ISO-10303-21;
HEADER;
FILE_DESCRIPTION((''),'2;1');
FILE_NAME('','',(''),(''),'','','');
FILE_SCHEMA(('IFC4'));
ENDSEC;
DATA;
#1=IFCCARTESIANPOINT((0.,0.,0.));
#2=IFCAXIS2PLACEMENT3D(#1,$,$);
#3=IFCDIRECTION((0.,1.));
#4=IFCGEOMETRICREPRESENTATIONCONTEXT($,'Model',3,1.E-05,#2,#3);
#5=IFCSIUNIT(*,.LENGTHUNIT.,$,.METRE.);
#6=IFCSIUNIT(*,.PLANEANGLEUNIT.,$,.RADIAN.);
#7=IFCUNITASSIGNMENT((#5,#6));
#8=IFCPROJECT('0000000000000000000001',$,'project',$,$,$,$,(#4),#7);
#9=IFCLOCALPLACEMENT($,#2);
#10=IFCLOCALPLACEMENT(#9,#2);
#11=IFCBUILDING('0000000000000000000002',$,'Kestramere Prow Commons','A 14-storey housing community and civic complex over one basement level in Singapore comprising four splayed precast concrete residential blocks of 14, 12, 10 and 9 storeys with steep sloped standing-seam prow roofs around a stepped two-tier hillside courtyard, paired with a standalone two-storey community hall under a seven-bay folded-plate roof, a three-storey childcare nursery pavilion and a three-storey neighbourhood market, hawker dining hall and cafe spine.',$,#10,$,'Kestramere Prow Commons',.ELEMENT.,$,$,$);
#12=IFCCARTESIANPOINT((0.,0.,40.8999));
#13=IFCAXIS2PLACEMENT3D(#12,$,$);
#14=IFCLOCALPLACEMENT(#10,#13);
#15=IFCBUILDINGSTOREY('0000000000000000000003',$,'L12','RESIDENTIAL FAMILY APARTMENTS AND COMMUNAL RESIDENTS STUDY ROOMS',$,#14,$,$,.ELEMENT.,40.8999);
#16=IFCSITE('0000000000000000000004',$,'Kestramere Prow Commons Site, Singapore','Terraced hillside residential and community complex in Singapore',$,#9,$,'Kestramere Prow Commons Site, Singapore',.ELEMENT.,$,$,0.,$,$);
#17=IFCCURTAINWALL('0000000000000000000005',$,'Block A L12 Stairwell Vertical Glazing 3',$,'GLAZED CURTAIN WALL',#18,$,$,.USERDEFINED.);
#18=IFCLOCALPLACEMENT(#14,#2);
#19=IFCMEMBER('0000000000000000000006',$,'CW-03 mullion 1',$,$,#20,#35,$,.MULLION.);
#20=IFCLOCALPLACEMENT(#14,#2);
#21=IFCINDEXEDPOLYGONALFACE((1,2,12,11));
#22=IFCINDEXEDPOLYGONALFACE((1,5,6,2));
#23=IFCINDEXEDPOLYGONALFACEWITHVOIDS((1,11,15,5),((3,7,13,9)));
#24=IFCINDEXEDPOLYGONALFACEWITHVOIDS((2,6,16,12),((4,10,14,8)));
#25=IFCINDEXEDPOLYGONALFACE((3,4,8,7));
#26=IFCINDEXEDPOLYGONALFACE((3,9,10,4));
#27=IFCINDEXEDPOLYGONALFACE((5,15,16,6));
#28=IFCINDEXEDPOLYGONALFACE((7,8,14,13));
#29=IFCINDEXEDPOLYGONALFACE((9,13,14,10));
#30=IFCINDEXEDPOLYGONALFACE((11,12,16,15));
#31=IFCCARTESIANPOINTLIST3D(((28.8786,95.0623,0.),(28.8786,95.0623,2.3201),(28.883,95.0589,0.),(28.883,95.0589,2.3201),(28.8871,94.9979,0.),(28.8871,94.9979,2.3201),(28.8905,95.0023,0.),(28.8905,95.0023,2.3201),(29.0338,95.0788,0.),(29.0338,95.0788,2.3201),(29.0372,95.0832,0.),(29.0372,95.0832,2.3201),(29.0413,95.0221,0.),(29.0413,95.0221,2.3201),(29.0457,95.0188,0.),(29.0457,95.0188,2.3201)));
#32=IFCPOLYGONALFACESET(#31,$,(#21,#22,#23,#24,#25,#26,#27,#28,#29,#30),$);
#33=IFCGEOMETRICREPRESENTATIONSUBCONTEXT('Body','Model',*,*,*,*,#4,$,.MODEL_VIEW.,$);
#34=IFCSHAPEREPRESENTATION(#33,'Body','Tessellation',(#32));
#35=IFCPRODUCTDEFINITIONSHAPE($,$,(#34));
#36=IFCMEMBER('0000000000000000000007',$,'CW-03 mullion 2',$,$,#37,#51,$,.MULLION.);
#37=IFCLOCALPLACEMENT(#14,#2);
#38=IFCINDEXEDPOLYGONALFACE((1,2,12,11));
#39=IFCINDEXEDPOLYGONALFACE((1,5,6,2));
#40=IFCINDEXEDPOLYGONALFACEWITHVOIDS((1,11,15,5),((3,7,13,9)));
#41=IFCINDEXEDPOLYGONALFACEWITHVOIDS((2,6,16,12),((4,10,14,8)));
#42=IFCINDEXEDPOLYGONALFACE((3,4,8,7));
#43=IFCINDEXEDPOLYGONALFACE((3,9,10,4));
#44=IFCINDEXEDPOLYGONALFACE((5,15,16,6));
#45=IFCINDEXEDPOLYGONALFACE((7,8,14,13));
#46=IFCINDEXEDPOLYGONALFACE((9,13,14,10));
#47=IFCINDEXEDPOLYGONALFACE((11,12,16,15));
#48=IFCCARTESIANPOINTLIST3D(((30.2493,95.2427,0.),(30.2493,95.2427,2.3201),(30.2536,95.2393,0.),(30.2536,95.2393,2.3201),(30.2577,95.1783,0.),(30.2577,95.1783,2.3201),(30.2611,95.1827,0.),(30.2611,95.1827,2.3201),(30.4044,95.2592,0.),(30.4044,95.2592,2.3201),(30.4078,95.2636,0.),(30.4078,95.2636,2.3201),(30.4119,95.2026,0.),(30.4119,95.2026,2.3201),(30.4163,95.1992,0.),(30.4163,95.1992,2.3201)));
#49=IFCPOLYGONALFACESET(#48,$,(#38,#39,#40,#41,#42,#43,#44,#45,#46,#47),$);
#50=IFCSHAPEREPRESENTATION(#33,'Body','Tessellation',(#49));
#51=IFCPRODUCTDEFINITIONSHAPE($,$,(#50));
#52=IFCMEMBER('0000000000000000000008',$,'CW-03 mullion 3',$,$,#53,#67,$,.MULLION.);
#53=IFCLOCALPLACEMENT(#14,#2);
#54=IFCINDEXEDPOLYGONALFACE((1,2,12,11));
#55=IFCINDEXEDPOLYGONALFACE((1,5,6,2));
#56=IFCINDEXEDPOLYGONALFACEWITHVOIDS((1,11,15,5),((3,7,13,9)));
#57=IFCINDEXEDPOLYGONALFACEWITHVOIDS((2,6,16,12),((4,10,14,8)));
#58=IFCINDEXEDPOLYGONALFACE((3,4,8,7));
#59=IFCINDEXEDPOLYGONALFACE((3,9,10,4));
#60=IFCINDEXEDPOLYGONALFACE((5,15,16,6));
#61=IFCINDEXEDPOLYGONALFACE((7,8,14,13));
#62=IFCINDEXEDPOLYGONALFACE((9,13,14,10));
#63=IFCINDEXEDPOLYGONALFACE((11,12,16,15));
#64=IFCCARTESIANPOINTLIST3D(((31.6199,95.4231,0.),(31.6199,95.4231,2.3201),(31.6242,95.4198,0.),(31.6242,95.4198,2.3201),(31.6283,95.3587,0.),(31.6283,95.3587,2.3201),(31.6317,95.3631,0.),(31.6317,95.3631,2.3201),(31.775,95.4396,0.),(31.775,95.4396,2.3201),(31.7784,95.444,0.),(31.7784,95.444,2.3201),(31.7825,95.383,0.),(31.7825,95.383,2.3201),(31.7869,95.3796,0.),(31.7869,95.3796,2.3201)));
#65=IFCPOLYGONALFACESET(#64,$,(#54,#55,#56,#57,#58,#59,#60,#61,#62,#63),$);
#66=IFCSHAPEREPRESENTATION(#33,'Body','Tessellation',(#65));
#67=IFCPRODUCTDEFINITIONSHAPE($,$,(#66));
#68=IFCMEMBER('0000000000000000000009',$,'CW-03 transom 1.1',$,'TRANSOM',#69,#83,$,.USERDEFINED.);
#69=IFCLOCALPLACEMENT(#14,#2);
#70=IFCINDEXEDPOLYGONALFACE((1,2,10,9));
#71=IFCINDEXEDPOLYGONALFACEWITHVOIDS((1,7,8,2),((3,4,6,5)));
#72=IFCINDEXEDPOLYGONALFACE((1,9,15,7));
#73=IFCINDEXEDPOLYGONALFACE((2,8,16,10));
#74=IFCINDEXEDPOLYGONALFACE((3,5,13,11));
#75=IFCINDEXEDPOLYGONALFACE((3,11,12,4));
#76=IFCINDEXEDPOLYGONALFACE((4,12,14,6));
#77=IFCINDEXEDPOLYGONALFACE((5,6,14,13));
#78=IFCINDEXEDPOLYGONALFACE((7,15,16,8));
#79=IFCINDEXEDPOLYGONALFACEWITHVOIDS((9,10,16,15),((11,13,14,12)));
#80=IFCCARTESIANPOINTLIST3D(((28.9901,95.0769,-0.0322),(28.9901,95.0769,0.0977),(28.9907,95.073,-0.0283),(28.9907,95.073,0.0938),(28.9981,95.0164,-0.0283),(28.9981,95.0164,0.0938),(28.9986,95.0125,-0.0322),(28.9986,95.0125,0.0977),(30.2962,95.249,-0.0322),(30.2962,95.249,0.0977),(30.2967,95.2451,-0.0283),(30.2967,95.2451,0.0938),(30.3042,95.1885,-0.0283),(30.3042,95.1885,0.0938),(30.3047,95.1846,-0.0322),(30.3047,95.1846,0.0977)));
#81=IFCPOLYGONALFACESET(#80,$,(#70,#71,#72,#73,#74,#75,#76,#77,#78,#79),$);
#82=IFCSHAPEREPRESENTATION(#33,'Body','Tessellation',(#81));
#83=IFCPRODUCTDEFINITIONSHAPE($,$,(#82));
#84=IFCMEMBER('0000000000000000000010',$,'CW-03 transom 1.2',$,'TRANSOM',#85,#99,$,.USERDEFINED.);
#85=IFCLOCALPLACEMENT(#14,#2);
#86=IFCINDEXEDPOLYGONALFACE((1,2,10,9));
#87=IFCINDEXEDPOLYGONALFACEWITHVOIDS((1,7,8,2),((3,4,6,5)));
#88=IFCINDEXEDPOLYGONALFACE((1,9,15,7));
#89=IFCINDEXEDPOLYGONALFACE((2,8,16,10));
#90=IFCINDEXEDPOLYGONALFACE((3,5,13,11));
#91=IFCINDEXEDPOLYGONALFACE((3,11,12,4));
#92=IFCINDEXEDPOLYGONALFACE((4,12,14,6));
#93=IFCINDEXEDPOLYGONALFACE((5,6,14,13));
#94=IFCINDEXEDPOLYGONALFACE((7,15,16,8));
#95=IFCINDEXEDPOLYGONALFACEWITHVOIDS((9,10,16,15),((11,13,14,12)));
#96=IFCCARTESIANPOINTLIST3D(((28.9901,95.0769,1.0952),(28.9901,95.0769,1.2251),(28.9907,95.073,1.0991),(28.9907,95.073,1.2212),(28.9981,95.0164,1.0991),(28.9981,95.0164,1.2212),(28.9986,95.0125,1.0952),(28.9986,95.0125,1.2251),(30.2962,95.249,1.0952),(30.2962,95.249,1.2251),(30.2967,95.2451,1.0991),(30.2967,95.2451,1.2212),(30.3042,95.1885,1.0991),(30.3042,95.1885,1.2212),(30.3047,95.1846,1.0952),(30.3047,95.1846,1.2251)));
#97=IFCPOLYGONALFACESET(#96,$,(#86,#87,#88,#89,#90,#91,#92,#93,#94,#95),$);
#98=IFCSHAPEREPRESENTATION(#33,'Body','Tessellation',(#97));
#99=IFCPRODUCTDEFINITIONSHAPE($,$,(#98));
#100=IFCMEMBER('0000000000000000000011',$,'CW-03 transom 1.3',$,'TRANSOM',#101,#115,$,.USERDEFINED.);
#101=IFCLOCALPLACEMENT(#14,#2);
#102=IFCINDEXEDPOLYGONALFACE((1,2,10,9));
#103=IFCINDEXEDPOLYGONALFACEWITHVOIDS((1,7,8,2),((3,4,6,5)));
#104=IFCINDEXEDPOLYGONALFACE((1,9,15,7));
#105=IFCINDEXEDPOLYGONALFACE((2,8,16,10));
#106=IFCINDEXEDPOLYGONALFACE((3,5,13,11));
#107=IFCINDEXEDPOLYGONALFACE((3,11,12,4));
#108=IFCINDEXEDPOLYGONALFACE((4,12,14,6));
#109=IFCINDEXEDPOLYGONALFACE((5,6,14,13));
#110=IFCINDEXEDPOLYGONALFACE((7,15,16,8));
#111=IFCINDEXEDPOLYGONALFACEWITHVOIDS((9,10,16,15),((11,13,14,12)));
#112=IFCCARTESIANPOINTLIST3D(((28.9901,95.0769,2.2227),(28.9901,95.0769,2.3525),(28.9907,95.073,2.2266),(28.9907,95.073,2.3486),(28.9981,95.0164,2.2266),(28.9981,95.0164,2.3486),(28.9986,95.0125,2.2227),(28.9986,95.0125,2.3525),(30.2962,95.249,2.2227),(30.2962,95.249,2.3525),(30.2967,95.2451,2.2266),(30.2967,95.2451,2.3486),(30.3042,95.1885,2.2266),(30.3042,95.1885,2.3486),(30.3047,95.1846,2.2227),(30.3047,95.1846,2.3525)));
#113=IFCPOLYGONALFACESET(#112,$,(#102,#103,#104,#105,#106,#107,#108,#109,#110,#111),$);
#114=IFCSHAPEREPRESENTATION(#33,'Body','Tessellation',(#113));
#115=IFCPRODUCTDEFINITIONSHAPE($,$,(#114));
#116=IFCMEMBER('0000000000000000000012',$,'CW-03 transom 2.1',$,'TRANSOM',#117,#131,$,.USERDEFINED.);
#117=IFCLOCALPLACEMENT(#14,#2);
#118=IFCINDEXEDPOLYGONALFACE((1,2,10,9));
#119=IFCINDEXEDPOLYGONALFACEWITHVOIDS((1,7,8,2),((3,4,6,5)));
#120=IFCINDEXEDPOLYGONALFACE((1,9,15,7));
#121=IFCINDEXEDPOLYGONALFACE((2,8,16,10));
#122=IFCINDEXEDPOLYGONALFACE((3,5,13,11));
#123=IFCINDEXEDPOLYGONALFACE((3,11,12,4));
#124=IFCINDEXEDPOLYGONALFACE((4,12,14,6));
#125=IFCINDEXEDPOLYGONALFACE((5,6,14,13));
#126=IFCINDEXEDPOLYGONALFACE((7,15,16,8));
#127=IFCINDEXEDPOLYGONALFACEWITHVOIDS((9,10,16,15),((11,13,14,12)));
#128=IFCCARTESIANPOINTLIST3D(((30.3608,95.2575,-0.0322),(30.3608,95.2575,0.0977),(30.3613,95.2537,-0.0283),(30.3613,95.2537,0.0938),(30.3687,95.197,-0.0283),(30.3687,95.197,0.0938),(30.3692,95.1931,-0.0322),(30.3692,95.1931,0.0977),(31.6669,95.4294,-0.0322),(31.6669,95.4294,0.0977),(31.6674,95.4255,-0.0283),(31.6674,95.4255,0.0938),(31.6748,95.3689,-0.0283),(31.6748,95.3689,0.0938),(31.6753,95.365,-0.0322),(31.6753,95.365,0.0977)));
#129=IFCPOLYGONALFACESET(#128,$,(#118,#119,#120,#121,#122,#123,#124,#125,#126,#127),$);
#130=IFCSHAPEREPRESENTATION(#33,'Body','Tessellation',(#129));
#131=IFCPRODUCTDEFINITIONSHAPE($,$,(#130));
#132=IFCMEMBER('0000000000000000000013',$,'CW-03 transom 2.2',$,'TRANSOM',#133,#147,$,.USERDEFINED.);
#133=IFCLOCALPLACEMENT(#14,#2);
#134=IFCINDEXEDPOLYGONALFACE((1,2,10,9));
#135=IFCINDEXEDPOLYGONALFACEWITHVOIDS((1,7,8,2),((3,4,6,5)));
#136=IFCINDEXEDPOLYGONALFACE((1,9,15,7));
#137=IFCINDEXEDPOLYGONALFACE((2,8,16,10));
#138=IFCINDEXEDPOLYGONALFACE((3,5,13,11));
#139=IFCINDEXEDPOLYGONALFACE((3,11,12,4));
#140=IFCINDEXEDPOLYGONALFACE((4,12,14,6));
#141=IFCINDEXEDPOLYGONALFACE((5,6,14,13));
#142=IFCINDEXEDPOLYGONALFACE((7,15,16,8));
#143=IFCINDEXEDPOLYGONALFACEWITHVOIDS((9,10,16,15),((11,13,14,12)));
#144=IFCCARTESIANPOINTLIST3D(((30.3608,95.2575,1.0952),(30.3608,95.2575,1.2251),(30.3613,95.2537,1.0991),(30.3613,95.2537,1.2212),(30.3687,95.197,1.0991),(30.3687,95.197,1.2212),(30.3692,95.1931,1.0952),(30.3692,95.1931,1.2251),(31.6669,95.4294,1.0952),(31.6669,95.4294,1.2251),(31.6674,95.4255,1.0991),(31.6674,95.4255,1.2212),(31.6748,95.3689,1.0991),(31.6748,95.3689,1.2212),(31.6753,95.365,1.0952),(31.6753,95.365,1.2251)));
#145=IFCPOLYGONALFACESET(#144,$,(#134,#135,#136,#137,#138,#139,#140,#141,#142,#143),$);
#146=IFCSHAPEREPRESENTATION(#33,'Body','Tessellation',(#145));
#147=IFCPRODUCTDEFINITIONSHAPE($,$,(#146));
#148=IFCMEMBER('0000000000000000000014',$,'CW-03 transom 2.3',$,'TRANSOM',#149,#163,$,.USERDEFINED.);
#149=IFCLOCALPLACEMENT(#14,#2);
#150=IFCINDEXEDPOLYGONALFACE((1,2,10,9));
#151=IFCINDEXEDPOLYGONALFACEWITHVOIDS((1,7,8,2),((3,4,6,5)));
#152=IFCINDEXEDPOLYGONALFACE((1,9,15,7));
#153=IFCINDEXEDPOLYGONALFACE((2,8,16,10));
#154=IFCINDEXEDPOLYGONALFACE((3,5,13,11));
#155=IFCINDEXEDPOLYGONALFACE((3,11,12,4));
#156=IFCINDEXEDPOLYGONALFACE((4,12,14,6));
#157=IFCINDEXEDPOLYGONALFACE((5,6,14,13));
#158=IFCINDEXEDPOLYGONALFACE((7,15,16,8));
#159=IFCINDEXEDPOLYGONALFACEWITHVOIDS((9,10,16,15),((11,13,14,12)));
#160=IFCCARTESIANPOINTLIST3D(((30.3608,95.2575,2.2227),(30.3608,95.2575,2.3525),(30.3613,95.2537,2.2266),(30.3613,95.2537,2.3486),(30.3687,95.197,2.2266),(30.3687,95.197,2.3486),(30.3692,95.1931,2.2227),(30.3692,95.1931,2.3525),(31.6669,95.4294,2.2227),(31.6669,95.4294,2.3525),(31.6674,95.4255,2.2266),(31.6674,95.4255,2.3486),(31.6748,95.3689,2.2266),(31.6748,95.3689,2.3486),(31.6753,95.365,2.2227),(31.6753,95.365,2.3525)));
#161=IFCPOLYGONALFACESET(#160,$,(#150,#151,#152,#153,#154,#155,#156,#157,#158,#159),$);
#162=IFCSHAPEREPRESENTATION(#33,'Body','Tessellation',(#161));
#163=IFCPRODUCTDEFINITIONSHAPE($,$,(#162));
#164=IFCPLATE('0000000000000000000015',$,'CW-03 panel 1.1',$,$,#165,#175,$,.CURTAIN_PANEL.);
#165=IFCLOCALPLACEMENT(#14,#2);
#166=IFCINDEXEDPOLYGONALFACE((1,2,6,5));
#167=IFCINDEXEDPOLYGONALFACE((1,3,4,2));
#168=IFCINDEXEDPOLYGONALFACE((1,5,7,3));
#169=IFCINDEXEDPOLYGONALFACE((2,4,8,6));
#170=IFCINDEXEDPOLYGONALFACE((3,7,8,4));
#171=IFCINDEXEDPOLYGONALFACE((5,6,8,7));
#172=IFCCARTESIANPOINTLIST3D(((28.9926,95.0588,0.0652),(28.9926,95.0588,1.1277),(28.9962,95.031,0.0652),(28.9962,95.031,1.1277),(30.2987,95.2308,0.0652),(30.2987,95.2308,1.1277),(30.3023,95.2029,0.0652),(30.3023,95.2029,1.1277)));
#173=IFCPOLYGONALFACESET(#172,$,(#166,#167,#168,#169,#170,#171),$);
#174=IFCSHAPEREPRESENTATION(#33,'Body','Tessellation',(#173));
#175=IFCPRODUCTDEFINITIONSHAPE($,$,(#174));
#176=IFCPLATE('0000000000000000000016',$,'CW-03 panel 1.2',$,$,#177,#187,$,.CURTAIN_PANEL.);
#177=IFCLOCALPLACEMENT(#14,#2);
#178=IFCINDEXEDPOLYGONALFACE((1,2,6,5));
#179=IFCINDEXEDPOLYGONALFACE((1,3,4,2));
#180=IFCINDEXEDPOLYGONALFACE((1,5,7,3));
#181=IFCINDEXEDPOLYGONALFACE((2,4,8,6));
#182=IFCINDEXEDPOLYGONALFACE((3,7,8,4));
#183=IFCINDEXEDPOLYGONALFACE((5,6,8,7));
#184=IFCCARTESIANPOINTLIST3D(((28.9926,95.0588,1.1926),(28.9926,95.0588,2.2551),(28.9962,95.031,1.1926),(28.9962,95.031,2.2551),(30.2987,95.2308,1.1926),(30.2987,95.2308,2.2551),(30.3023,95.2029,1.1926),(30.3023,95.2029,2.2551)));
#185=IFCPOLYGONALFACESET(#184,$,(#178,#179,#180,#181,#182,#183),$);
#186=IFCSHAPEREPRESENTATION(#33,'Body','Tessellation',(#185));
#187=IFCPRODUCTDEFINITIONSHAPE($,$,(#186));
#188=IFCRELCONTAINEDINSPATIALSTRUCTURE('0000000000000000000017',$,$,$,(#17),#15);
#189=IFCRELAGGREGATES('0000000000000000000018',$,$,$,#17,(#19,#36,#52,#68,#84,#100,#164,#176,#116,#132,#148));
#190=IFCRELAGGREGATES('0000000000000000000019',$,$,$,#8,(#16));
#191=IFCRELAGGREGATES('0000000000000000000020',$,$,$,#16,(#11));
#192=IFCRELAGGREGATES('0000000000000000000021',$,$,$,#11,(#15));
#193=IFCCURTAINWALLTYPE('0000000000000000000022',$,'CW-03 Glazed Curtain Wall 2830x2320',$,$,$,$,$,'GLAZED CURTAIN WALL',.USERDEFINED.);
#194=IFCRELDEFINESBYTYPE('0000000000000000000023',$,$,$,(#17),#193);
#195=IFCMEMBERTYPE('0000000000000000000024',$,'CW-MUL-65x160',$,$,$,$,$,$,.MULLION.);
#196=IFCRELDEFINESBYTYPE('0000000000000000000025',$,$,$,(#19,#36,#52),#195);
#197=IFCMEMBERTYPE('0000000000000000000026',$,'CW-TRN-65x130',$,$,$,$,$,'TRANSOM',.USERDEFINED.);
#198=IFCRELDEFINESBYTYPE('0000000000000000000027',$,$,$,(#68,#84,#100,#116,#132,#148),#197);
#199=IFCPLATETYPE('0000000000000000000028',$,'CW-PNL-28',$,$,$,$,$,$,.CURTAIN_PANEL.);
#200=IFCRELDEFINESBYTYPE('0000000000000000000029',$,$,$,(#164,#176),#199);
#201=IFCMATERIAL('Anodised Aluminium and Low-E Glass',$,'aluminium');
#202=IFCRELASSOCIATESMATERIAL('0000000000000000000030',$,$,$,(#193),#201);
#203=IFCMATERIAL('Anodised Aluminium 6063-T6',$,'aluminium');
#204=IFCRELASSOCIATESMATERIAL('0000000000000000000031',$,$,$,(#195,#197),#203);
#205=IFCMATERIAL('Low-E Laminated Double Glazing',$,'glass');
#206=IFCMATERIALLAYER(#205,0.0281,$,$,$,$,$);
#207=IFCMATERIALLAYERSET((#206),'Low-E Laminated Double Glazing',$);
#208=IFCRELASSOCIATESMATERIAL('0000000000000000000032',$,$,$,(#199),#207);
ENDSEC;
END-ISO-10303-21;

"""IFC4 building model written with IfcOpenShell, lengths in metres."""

from ifc_helpers import new_model, si_unit, direction, frame, origin, origin_2d, place, context, subcontext, project, spatial, rectangle, hollow_rectangle, extrude, material, layer, layer_set, material_profile, profile_set, type_object, element, aggregate, save


model = new_model("IFC4")

# Units and contexts
model_context = context("Model", 3, precision=1e-05, world=origin(), true_north=direction((0.0, 1.0)))
body_context = subcontext(model_context, "Body", "Model", "MODEL_VIEW")
ifc_project = project(units=[si_unit("LENGTHUNIT", "METRE"), si_unit("PLANEANGLEUNIT", "RADIAN")], contexts=[model_context])

# Site, building, storey
site_placement = place(None, origin())
site = spatial("IfcSite", under=ifc_project, at=site_placement, Name="Kestramere Prow Commons Site, Singapore", Description="Terraced hillside residential and community complex in Singapore", LongName="Kestramere Prow Commons Site, Singapore", CompositionType="ELEMENT", RefElevation=0.0)
building_placement = place(site_placement, origin())
building = spatial("IfcBuilding", under=site, at=building_placement, Name="Kestramere Prow Commons", Description="A 14-storey housing community and civic complex over one basement level in Singapore comprising four splayed precast concrete residential blocks of 14, 12, 10 and 9 storeys with steep sloped standing-seam prow roofs around a stepped two-tier hillside courtyard, paired with a standalone two-storey community hall under a seven-bay folded-plate roof, a three-storey childcare nursery pavilion and a three-storey neighbourhood market, hawker dining hall and cafe spine.", LongName="Kestramere Prow Commons", CompositionType="ELEMENT")
storey_placement = place(building_placement, frame((0.0, 0.0, 40.8999)))
storey = spatial("IfcBuildingStorey", under=building, at=storey_placement, Name="L12", Description="RESIDENTIAL FAMILY APARTMENTS AND COMMUNAL RESIDENTS STUDY ROOMS", CompositionType="ELEMENT", Elevation=40.8999)

# Curtain wall, members, plates
ifc_material_1 = material(Name="Anodised Aluminium and Low-E Glass", Category="aluminium")
curtain_wall_type = type_object("IfcCurtainWallType", Name="CW-03 Glazed Curtain Wall 2830x2320", ElementType="GLAZED CURTAIN WALL", PredefinedType="USERDEFINED", material=ifc_material_1)
curtain_wall_placement = place(storey_placement, origin())
curtain_wall = element("IfcCurtainWall", 1, at=curtain_wall_placement, inside=storey, type_object=curtain_wall_type, Name="Block A L12 Stairwell Vertical Glazing 3", ObjectType="GLAZED CURTAIN WALL", PredefinedType="USERDEFINED")
ifc_material_2 = material(Name="Anodised Aluminium 6063-T6", Category="aluminium")
ifc_material_profile_1 = material_profile(ifc_material_2, hollow_rectangle(XDim=0.0649, YDim=0.1599, WallThickness=0.0039, at=origin_2d()), Name="ALU-MUL 65x160")
ifc_profile_set_1 = profile_set([ifc_material_profile_1], Name="Anodised Aluminium 6063-T6")
member_type_1 = type_object("IfcMemberType", Name="CW-MUL-65x160", PredefinedType="MULLION", material=ifc_profile_set_1)
member_1_placement = place(storey_placement, frame((28.9622, 95.0405, 0.0), z_axis=(0.0, 0.0, 1.0), x_axis=(-0.130526, 0.991445, 0.0)))
member_1 = element("IfcMember", 2, at=member_1_placement, type_object=member_type_1, Name="CW-03 mullion 1", PredefinedType="MULLION", context=body_context, shape_type="SweptSolid", body=[
    extrude(hollow_rectangle(XDim=0.0649, YDim=0.1599, WallThickness=0.0039, at=origin_2d()), origin(), (0.0, 0.0, 1.0), 2.3201),
])
member_2_placement = place(storey_placement, frame((30.3328, 95.2209, 0.0), z_axis=(0.0, 0.0, 1.0), x_axis=(-0.130526, 0.991445, 0.0)))
member_2 = element("IfcMember", 3, at=member_2_placement, type_object=member_type_1, Name="CW-03 mullion 2", PredefinedType="MULLION", context=body_context, shape_type="SweptSolid", body=[
    extrude(hollow_rectangle(XDim=0.0649, YDim=0.1599, WallThickness=0.0039, at=origin_2d()), origin(), (0.0, 0.0, 1.0), 2.3201),
])
member_3_placement = place(storey_placement, frame((31.7034, 95.4014, 0.0), z_axis=(0.0, 0.0, 1.0), x_axis=(-0.130526, 0.991445, 0.0)))
member_3 = element("IfcMember", 4, at=member_3_placement, type_object=member_type_1, Name="CW-03 mullion 3", PredefinedType="MULLION", context=body_context, shape_type="SweptSolid", body=[
    extrude(hollow_rectangle(XDim=0.0649, YDim=0.1599, WallThickness=0.0039, at=origin_2d()), origin(), (0.0, 0.0, 1.0), 2.3201),
])
ifc_material_profile_2 = material_profile(ifc_material_2, hollow_rectangle(XDim=0.0649, YDim=0.1299, WallThickness=0.0039, at=origin_2d()), Name="ALU-TRN 65x130")
ifc_profile_set_2 = profile_set([ifc_material_profile_2], Name="Anodised Aluminium 6063-T6")
member_type_2 = type_object("IfcMemberType", Name="CW-TRN-65x130", ElementType="TRANSOM", PredefinedType="USERDEFINED", material=ifc_profile_set_2)
member_4_placement = place(storey_placement, frame((28.9944, 95.0447, 0.0327), z_axis=(0.991429, 0.130646, 0.0), x_axis=(-0.130646, 0.991429, 0.0)))
member_4 = element("IfcMember", 5, at=member_4_placement, type_object=member_type_2, Name="CW-03 transom 1.1", ObjectType="TRANSOM", PredefinedType="USERDEFINED", context=body_context, shape_type="SweptSolid", body=[
    extrude(hollow_rectangle(XDim=0.0649, YDim=0.1299, WallThickness=0.0039, at=origin_2d()), origin(), (0.0, 0.0, 1.0), 1.3174),
])
member_5_placement = place(storey_placement, frame((28.9944, 95.0447, 1.1602), z_axis=(0.991429, 0.130646, 0.0), x_axis=(-0.130646, 0.991429, 0.0)))
member_5 = element("IfcMember", 6, at=member_5_placement, type_object=member_type_2, Name="CW-03 transom 1.2", ObjectType="TRANSOM", PredefinedType="USERDEFINED", context=body_context, shape_type="SweptSolid", body=[
    extrude(hollow_rectangle(XDim=0.0649, YDim=0.1299, WallThickness=0.0039, at=origin_2d()), origin(), (0.0, 0.0, 1.0), 1.3174),
])
member_6_placement = place(storey_placement, frame((28.9944, 95.0447, 2.2876), z_axis=(0.991429, 0.130646, 0.0), x_axis=(-0.130646, 0.991429, 0.0)))
member_6 = element("IfcMember", 7, at=member_6_placement, type_object=member_type_2, Name="CW-03 transom 1.3", ObjectType="TRANSOM", PredefinedType="USERDEFINED", context=body_context, shape_type="SweptSolid", body=[
    extrude(hollow_rectangle(XDim=0.0649, YDim=0.1299, WallThickness=0.0039, at=origin_2d()), origin(), (0.0, 0.0, 1.0), 1.3174),
])
member_7_placement = place(storey_placement, frame((30.365, 95.2253, 0.0327), z_axis=(0.991453, 0.130464, 0.0), x_axis=(-0.130464, 0.991453, 0.0)))
member_7 = element("IfcMember", 8, at=member_7_placement, type_object=member_type_2, Name="CW-03 transom 2.1", ObjectType="TRANSOM", PredefinedType="USERDEFINED", context=body_context, shape_type="SweptSolid", body=[
    extrude(hollow_rectangle(XDim=0.0649, YDim=0.1299, WallThickness=0.0039, at=origin_2d()), origin(), (0.0, 0.0, 1.0), 1.3174),
])
member_8_placement = place(storey_placement, frame((30.365, 95.2253, 1.1602), z_axis=(0.991453, 0.130464, 0.0), x_axis=(-0.130464, 0.991453, 0.0)))
member_8 = element("IfcMember", 9, at=member_8_placement, type_object=member_type_2, Name="CW-03 transom 2.2", ObjectType="TRANSOM", PredefinedType="USERDEFINED", context=body_context, shape_type="SweptSolid", body=[
    extrude(hollow_rectangle(XDim=0.0649, YDim=0.1299, WallThickness=0.0039, at=origin_2d()), origin(), (0.0, 0.0, 1.0), 1.3174),
])
member_9_placement = place(storey_placement, frame((30.365, 95.2253, 2.2876), z_axis=(0.991453, 0.130464, 0.0), x_axis=(-0.130464, 0.991453, 0.0)))
member_9 = element("IfcMember", 10, at=member_9_placement, type_object=member_type_2, Name="CW-03 transom 2.3", ObjectType="TRANSOM", PredefinedType="USERDEFINED", context=body_context, shape_type="SweptSolid", body=[
    extrude(hollow_rectangle(XDim=0.0649, YDim=0.1299, WallThickness=0.0039, at=origin_2d()), origin(), (0.0, 0.0, 1.0), 1.3174),
])
ifc_material_3 = material(Name="Low-E Laminated Double Glazing", Category="glass")
ifc_layer = layer(ifc_material_3, 0.0281)
ifc_layer_set = layer_set([ifc_layer], Name="Low-E Laminated Double Glazing")
plate_type = type_object("IfcPlateType", Name="CW-PNL-28", PredefinedType="CURTAIN_PANEL", material=ifc_layer_set)
plate_1_placement = place(storey_placement, frame((29.6475, 95.1309, 0.0652), z_axis=(0.0, 0.0, 1.0), x_axis=(0.991445, 0.130526, 0.0)))
plate_1 = element("IfcPlate", 11, at=plate_1_placement, type_object=plate_type, Name="CW-03 panel 1.1", PredefinedType="CURTAIN_PANEL", context=body_context, shape_type="SweptSolid", body=[
    extrude(rectangle(XDim=1.3174, YDim=0.0281, at=origin_2d()), origin(), (0.0, 0.0, 1.0), 1.0625),
])
plate_2_placement = place(storey_placement, frame((29.6475, 95.1309, 1.1926), z_axis=(0.0, 0.0, 1.0), x_axis=(0.991445, 0.130526, 0.0)))
plate_2 = element("IfcPlate", 12, at=plate_2_placement, type_object=plate_type, Name="CW-03 panel 1.2", PredefinedType="CURTAIN_PANEL", context=body_context, shape_type="SweptSolid", body=[
    extrude(rectangle(XDim=1.3174, YDim=0.0281, at=origin_2d()), origin(), (0.0, 0.0, 1.0), 1.0625),
])
aggregate(curtain_wall, [member_1, member_2, member_3, member_4, member_5, member_6, plate_1, plate_2, member_7, member_8, member_9])

save(model, "model.ifc")
